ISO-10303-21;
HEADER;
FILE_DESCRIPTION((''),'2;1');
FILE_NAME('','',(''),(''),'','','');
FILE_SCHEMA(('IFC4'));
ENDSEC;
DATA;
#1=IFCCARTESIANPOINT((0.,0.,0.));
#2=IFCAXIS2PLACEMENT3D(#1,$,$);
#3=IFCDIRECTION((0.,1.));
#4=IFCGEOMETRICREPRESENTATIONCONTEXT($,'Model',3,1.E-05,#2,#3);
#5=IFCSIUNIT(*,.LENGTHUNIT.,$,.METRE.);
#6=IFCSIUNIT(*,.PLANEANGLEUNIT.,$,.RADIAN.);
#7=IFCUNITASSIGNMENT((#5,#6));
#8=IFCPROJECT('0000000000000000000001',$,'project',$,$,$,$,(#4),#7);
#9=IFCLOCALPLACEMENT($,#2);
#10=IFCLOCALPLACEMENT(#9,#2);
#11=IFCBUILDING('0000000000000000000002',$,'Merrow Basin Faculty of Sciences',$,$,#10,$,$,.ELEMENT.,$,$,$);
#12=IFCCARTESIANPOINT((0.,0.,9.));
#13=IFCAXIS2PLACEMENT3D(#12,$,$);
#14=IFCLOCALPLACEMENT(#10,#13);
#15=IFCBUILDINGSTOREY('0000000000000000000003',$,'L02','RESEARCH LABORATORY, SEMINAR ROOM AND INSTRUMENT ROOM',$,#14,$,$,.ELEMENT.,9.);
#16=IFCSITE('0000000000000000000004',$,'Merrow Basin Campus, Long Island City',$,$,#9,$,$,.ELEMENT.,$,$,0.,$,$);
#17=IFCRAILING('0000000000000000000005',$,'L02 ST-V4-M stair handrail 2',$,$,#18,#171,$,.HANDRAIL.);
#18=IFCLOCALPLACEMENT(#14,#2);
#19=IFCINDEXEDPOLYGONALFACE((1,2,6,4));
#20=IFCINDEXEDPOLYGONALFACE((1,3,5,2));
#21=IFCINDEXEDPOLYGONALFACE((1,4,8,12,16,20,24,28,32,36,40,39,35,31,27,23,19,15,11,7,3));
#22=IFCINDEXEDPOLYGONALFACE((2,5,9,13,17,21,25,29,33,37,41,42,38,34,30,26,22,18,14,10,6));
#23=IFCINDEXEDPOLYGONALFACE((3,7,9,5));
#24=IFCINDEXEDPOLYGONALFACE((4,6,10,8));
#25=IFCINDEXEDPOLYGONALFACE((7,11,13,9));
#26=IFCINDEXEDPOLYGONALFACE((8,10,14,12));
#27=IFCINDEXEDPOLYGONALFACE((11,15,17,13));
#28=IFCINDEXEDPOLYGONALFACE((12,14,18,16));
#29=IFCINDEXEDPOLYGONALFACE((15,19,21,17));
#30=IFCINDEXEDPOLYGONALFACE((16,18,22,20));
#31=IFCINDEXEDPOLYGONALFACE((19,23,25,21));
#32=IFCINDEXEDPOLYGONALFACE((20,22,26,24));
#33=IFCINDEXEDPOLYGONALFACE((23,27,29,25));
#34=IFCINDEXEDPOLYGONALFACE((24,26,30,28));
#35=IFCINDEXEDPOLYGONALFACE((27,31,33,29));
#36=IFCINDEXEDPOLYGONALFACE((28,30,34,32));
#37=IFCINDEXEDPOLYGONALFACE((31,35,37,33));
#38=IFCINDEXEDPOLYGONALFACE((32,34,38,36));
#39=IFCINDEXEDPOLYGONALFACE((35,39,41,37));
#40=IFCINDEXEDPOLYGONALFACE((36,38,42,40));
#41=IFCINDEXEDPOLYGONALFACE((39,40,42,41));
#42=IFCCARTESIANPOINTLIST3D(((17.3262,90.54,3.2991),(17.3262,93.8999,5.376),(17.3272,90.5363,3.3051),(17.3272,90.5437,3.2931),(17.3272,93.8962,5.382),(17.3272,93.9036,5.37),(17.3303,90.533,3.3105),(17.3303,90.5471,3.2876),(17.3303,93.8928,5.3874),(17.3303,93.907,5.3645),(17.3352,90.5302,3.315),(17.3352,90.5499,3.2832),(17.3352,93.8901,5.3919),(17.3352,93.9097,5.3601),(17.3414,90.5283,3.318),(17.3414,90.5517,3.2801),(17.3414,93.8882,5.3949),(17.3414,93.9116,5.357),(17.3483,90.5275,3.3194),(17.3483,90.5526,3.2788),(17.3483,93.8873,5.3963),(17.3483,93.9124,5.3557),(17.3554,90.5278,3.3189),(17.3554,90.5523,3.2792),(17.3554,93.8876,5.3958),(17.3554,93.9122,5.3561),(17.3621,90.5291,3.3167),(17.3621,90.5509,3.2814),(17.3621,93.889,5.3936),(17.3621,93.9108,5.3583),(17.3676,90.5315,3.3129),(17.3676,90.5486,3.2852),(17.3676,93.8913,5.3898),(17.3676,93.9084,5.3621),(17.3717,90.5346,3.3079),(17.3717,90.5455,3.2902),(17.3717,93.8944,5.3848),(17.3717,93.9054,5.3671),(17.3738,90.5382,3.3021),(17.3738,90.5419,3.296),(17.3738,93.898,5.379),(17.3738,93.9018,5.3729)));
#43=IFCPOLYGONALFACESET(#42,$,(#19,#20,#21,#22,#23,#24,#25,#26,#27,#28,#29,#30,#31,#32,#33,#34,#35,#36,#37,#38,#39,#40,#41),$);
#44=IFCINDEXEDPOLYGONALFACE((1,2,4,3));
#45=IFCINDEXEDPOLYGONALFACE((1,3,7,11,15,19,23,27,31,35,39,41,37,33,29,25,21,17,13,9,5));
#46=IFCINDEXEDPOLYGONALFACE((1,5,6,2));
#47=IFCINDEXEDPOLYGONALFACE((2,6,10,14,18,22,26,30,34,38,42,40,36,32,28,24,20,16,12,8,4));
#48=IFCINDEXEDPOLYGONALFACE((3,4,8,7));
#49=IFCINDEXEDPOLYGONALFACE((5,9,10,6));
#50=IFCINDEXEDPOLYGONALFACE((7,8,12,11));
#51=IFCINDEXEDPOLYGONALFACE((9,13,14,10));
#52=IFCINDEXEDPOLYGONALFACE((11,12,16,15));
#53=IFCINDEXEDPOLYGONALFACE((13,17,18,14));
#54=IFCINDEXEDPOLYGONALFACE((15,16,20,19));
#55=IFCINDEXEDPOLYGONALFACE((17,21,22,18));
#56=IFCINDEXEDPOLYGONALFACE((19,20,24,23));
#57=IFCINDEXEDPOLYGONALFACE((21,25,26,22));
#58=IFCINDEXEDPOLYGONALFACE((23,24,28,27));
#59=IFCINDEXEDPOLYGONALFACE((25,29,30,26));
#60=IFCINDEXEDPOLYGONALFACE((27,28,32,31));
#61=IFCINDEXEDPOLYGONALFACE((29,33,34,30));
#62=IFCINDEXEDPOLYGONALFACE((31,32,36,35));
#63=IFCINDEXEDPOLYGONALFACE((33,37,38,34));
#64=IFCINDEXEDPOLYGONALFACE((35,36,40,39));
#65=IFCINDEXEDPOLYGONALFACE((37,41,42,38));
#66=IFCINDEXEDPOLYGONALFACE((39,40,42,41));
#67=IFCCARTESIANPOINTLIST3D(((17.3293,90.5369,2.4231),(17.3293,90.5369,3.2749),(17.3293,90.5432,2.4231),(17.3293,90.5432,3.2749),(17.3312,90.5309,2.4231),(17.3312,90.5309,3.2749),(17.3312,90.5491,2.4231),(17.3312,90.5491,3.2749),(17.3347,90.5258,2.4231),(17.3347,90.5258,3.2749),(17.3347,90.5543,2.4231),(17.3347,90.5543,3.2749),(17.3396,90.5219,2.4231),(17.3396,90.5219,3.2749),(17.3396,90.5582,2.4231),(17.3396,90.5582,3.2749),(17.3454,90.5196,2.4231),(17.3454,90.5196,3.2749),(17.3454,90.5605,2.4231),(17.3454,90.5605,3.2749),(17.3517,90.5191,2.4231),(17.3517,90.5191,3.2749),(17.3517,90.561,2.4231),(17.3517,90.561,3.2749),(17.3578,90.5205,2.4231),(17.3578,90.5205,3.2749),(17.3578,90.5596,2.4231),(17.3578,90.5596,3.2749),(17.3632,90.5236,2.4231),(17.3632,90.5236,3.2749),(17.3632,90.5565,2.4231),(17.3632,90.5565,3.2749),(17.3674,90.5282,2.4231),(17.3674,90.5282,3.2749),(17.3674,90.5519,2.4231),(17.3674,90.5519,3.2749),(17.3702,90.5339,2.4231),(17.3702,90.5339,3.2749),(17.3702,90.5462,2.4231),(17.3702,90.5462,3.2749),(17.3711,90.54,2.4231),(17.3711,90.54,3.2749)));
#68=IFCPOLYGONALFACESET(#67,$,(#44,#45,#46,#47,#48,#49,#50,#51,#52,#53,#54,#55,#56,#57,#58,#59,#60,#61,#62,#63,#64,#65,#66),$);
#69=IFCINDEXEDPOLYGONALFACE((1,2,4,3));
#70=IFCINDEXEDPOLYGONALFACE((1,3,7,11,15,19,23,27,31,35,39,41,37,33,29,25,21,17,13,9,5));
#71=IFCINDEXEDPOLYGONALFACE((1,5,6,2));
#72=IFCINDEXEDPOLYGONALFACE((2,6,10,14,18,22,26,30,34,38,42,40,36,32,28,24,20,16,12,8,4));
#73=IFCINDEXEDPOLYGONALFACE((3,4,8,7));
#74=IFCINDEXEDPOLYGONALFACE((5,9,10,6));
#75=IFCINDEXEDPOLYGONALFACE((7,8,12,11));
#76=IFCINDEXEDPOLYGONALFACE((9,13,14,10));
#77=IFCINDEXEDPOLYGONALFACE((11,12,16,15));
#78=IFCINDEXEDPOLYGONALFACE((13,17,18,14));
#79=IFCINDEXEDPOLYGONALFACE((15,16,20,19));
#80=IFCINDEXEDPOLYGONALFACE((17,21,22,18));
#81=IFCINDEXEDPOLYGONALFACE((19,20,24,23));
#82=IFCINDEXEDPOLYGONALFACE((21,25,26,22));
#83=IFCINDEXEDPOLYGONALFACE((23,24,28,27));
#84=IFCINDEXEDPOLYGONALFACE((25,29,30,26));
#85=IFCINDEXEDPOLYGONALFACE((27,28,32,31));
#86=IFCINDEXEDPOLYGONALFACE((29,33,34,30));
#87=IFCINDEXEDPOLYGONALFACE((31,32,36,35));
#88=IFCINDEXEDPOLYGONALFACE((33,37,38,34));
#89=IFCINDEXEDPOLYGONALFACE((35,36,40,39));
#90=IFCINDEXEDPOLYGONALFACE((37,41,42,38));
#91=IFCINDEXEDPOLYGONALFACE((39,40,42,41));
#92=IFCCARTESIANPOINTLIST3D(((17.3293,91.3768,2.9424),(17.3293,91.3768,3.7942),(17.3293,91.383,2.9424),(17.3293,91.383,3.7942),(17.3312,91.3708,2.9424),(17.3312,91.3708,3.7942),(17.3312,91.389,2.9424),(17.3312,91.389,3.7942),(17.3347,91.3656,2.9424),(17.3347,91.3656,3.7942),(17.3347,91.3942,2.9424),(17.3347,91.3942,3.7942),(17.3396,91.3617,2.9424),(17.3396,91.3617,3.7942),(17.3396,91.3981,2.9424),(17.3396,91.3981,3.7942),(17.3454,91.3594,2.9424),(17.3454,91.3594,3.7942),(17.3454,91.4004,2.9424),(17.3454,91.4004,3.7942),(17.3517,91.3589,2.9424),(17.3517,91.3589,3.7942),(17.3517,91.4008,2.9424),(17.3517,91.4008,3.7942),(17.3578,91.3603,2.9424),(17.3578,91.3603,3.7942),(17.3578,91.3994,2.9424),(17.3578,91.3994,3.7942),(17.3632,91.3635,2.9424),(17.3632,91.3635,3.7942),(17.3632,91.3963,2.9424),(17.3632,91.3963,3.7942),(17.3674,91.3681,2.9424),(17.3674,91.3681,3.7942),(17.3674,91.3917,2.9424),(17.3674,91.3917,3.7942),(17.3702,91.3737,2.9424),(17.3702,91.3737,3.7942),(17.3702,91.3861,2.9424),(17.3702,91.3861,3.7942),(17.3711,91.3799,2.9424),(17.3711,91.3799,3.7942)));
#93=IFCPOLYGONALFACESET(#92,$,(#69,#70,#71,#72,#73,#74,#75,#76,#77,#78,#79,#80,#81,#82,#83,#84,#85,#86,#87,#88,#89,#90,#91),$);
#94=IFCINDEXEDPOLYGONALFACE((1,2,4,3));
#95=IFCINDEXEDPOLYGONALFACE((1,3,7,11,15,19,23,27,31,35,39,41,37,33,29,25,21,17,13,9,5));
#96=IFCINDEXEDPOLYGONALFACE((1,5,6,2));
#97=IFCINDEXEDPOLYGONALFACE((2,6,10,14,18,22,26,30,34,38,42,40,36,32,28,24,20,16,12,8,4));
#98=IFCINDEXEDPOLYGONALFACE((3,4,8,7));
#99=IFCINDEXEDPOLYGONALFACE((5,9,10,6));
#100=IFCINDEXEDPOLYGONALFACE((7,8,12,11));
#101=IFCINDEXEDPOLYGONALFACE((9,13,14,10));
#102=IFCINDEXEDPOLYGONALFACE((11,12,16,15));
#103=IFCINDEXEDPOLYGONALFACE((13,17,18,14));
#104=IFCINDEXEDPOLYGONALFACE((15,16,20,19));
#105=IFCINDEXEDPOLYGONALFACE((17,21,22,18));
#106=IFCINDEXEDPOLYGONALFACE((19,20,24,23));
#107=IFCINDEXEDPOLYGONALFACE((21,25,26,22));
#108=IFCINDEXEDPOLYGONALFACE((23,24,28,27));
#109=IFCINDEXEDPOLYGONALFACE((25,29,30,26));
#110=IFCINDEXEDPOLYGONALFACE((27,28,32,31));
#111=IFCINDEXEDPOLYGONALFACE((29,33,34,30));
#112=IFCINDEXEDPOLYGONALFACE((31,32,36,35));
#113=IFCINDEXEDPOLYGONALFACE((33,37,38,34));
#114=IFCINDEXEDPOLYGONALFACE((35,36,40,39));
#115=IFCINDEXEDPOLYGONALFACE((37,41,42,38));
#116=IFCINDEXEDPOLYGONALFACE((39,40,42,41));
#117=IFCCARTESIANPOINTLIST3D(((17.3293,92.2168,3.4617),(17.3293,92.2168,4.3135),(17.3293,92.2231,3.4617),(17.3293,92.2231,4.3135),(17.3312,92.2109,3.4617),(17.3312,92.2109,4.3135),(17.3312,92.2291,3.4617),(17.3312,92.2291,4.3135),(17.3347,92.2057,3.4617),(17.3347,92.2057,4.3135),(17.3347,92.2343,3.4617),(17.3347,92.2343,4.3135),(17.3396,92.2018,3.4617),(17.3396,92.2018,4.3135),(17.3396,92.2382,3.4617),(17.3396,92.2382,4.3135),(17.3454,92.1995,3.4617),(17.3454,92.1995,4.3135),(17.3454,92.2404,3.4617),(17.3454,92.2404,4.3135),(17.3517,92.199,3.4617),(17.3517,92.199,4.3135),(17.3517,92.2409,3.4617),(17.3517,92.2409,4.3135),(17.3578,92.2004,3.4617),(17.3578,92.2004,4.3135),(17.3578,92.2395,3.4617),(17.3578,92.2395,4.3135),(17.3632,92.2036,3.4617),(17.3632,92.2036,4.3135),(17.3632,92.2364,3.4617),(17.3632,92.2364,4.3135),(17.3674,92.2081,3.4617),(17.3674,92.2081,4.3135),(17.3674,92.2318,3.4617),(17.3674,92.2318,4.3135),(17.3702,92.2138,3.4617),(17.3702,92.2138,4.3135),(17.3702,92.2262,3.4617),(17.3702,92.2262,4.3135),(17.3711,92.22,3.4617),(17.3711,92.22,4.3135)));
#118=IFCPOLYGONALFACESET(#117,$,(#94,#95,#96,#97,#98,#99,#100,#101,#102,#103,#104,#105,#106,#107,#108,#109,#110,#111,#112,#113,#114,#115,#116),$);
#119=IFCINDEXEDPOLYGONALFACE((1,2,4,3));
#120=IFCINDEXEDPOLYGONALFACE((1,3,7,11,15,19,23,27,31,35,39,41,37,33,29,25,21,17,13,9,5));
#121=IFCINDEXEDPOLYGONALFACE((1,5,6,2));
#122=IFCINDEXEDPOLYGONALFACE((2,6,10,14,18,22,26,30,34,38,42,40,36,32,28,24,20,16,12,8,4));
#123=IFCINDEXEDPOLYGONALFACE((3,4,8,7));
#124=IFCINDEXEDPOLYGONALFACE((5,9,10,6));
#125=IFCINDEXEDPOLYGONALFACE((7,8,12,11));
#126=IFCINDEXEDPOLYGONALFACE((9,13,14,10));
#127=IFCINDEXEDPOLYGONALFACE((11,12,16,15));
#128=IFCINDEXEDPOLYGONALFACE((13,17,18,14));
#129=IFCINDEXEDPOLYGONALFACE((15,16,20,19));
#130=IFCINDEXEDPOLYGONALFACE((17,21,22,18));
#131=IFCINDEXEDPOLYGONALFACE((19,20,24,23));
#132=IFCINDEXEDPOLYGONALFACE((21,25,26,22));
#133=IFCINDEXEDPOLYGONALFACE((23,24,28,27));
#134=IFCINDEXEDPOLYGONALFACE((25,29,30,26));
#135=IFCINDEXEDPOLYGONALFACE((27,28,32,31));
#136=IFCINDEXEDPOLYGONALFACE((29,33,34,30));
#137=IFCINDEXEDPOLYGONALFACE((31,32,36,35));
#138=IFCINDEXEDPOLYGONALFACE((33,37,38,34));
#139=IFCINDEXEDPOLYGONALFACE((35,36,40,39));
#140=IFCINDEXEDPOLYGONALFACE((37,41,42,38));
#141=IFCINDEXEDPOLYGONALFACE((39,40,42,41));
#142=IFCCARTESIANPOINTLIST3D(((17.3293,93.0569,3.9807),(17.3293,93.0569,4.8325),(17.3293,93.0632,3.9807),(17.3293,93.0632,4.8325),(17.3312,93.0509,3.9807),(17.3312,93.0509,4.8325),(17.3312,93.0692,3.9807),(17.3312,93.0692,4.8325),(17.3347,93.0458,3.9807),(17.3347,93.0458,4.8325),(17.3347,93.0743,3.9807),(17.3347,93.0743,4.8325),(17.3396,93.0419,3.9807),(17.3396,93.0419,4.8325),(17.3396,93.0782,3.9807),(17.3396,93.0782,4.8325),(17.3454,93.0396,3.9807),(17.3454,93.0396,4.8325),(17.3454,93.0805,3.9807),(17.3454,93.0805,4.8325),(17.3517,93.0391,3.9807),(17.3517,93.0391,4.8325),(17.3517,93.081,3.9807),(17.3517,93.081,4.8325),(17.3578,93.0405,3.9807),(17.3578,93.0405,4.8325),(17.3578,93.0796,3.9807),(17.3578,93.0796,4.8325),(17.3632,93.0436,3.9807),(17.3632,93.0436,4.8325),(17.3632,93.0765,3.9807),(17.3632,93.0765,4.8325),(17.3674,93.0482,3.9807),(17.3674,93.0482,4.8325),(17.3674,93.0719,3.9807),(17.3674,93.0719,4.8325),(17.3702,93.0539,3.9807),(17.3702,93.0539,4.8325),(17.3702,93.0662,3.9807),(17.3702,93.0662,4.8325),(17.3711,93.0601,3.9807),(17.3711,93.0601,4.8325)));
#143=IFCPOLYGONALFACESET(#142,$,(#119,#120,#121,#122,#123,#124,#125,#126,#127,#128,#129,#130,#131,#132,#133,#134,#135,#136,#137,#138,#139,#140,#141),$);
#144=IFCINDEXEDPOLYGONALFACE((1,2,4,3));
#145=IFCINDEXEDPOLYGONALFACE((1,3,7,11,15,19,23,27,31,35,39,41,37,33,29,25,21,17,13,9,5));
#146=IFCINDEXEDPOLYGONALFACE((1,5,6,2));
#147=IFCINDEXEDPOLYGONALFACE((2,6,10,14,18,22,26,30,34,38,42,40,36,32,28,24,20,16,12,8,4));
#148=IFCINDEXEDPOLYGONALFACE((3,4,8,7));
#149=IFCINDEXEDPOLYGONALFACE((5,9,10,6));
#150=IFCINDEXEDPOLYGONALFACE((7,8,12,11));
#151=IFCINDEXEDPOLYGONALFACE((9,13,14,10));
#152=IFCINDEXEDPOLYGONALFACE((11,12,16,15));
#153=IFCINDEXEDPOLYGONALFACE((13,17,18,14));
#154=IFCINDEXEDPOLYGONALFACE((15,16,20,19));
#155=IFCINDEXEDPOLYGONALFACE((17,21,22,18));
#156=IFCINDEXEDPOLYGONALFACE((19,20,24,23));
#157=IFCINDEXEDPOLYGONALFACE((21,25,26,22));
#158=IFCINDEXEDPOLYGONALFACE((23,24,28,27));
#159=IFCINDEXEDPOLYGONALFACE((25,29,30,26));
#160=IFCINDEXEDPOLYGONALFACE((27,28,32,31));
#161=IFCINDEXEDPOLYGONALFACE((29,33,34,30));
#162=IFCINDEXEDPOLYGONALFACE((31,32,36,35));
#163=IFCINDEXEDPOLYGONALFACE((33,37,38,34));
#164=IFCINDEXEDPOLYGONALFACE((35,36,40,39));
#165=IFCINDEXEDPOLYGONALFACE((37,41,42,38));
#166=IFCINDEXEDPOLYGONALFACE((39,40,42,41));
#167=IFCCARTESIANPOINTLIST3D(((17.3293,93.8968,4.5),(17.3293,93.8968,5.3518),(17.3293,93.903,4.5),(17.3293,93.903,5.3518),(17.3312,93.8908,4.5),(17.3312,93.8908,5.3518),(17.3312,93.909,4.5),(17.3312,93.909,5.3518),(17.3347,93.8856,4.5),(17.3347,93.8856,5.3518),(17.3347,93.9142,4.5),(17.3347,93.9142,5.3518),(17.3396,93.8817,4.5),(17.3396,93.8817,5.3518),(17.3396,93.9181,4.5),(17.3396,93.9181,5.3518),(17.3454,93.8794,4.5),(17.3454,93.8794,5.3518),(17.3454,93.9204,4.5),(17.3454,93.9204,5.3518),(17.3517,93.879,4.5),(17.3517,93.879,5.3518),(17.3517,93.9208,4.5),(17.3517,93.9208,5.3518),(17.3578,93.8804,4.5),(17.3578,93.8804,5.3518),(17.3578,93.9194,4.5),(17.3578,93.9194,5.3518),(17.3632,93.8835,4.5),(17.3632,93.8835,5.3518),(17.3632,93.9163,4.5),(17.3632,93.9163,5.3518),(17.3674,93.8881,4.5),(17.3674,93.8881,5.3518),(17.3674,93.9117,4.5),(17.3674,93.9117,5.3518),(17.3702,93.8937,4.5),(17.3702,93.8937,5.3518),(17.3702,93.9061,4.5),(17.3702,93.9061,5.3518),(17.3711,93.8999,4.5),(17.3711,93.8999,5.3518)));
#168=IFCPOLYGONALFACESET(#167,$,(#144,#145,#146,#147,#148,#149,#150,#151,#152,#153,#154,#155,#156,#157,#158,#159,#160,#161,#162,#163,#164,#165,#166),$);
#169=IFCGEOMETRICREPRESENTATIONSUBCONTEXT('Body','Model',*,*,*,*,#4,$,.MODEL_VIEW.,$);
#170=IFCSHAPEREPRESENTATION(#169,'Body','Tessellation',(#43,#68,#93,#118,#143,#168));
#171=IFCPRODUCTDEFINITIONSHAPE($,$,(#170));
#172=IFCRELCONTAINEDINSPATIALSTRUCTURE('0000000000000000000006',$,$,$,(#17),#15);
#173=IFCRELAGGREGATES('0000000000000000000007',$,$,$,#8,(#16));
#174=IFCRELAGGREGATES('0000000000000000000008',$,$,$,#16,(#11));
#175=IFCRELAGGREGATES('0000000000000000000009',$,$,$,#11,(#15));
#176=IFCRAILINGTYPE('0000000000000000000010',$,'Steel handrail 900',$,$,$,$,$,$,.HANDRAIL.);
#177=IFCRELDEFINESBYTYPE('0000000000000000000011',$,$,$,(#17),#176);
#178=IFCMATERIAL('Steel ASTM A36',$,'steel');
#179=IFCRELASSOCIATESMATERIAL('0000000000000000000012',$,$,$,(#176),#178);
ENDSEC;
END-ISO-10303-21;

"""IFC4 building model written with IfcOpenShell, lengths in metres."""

from ifc_helpers import new_model, si_unit, direction, frame, origin, origin_2d, place, context, subcontext, project, spatial, circle, extrude, material, type_object, element, save


model = new_model("IFC4")

# Units and contexts
model_context = context("Model", 3, precision=1e-05, world=origin(), true_north=direction((0.0, 1.0)))
body_context = subcontext(model_context, "Body", "Model", "MODEL_VIEW")
ifc_project = project(units=[si_unit("LENGTHUNIT", "METRE"), si_unit("PLANEANGLEUNIT", "RADIAN")], contexts=[model_context])

# Site, building, storey
site_placement = place(None, origin())
site = spatial("IfcSite", under=ifc_project, at=site_placement, Name="Merrow Basin Campus, Long Island City", CompositionType="ELEMENT", RefElevation=0.0)
building_placement = place(site_placement, origin())
building = spatial("IfcBuilding", under=site, at=building_placement, Name="Merrow Basin Faculty of Sciences", CompositionType="ELEMENT")
storey_placement = place(building_placement, frame((0.0, 0.0, 9.0)))
storey = spatial("IfcBuildingStorey", under=building, at=storey_placement, Name="L02", Description="RESEARCH LABORATORY, SEMINAR ROOM AND INSTRUMENT ROOM", CompositionType="ELEMENT", Elevation=9.0)

# Railing
ifc_material_1 = material(Name="Steel ASTM A36", Category="steel")
railing_type_1 = type_object("IfcRailingType", Name="Steel handrail 900", PredefinedType="HANDRAIL", material=ifc_material_1)
railing_1_placement = place(storey_placement, frame((17.3501, 90.54, 2.4231)))
element("IfcRailing", 1, at=railing_1_placement, inside=storey, type_object=railing_type_1, Name="L02 ST-V4-M stair handrail 2", PredefinedType="HANDRAIL", context=body_context, shape_type="SweptSolid", body=[
    extrude(circle(Radius=0.0239, at=origin_2d()), frame((0.0, 0.0, 0.876), z_axis=(0.0, 0.850606, 0.525803), x_axis=(-1.0, 0.0, 0.0)), (0.0, 0.0, 1.0), 3.95),
    extrude(circle(Radius=0.021, at=origin_2d()), origin(), (0.0, 0.0, 1.0), 0.8518),
    extrude(circle(Radius=0.021, at=origin_2d()), frame((0.0, 0.8398, 0.5193)), (0.0, 0.0, 1.0), 0.8518),
    extrude(circle(Radius=0.021, at=origin_2d()), frame((0.0, 1.6799, 1.0386)), (0.0, 0.0, 1.0), 0.8518),
    extrude(circle(Radius=0.021, at=origin_2d()), frame((0.0, 2.52, 1.5576)), (0.0, 0.0, 1.0), 0.8518),
    extrude(circle(Radius=0.021, at=origin_2d()), frame((0.0, 3.3599, 2.0769)), (0.0, 0.0, 1.0), 0.8518),
])

save(model, "model.ifc")
